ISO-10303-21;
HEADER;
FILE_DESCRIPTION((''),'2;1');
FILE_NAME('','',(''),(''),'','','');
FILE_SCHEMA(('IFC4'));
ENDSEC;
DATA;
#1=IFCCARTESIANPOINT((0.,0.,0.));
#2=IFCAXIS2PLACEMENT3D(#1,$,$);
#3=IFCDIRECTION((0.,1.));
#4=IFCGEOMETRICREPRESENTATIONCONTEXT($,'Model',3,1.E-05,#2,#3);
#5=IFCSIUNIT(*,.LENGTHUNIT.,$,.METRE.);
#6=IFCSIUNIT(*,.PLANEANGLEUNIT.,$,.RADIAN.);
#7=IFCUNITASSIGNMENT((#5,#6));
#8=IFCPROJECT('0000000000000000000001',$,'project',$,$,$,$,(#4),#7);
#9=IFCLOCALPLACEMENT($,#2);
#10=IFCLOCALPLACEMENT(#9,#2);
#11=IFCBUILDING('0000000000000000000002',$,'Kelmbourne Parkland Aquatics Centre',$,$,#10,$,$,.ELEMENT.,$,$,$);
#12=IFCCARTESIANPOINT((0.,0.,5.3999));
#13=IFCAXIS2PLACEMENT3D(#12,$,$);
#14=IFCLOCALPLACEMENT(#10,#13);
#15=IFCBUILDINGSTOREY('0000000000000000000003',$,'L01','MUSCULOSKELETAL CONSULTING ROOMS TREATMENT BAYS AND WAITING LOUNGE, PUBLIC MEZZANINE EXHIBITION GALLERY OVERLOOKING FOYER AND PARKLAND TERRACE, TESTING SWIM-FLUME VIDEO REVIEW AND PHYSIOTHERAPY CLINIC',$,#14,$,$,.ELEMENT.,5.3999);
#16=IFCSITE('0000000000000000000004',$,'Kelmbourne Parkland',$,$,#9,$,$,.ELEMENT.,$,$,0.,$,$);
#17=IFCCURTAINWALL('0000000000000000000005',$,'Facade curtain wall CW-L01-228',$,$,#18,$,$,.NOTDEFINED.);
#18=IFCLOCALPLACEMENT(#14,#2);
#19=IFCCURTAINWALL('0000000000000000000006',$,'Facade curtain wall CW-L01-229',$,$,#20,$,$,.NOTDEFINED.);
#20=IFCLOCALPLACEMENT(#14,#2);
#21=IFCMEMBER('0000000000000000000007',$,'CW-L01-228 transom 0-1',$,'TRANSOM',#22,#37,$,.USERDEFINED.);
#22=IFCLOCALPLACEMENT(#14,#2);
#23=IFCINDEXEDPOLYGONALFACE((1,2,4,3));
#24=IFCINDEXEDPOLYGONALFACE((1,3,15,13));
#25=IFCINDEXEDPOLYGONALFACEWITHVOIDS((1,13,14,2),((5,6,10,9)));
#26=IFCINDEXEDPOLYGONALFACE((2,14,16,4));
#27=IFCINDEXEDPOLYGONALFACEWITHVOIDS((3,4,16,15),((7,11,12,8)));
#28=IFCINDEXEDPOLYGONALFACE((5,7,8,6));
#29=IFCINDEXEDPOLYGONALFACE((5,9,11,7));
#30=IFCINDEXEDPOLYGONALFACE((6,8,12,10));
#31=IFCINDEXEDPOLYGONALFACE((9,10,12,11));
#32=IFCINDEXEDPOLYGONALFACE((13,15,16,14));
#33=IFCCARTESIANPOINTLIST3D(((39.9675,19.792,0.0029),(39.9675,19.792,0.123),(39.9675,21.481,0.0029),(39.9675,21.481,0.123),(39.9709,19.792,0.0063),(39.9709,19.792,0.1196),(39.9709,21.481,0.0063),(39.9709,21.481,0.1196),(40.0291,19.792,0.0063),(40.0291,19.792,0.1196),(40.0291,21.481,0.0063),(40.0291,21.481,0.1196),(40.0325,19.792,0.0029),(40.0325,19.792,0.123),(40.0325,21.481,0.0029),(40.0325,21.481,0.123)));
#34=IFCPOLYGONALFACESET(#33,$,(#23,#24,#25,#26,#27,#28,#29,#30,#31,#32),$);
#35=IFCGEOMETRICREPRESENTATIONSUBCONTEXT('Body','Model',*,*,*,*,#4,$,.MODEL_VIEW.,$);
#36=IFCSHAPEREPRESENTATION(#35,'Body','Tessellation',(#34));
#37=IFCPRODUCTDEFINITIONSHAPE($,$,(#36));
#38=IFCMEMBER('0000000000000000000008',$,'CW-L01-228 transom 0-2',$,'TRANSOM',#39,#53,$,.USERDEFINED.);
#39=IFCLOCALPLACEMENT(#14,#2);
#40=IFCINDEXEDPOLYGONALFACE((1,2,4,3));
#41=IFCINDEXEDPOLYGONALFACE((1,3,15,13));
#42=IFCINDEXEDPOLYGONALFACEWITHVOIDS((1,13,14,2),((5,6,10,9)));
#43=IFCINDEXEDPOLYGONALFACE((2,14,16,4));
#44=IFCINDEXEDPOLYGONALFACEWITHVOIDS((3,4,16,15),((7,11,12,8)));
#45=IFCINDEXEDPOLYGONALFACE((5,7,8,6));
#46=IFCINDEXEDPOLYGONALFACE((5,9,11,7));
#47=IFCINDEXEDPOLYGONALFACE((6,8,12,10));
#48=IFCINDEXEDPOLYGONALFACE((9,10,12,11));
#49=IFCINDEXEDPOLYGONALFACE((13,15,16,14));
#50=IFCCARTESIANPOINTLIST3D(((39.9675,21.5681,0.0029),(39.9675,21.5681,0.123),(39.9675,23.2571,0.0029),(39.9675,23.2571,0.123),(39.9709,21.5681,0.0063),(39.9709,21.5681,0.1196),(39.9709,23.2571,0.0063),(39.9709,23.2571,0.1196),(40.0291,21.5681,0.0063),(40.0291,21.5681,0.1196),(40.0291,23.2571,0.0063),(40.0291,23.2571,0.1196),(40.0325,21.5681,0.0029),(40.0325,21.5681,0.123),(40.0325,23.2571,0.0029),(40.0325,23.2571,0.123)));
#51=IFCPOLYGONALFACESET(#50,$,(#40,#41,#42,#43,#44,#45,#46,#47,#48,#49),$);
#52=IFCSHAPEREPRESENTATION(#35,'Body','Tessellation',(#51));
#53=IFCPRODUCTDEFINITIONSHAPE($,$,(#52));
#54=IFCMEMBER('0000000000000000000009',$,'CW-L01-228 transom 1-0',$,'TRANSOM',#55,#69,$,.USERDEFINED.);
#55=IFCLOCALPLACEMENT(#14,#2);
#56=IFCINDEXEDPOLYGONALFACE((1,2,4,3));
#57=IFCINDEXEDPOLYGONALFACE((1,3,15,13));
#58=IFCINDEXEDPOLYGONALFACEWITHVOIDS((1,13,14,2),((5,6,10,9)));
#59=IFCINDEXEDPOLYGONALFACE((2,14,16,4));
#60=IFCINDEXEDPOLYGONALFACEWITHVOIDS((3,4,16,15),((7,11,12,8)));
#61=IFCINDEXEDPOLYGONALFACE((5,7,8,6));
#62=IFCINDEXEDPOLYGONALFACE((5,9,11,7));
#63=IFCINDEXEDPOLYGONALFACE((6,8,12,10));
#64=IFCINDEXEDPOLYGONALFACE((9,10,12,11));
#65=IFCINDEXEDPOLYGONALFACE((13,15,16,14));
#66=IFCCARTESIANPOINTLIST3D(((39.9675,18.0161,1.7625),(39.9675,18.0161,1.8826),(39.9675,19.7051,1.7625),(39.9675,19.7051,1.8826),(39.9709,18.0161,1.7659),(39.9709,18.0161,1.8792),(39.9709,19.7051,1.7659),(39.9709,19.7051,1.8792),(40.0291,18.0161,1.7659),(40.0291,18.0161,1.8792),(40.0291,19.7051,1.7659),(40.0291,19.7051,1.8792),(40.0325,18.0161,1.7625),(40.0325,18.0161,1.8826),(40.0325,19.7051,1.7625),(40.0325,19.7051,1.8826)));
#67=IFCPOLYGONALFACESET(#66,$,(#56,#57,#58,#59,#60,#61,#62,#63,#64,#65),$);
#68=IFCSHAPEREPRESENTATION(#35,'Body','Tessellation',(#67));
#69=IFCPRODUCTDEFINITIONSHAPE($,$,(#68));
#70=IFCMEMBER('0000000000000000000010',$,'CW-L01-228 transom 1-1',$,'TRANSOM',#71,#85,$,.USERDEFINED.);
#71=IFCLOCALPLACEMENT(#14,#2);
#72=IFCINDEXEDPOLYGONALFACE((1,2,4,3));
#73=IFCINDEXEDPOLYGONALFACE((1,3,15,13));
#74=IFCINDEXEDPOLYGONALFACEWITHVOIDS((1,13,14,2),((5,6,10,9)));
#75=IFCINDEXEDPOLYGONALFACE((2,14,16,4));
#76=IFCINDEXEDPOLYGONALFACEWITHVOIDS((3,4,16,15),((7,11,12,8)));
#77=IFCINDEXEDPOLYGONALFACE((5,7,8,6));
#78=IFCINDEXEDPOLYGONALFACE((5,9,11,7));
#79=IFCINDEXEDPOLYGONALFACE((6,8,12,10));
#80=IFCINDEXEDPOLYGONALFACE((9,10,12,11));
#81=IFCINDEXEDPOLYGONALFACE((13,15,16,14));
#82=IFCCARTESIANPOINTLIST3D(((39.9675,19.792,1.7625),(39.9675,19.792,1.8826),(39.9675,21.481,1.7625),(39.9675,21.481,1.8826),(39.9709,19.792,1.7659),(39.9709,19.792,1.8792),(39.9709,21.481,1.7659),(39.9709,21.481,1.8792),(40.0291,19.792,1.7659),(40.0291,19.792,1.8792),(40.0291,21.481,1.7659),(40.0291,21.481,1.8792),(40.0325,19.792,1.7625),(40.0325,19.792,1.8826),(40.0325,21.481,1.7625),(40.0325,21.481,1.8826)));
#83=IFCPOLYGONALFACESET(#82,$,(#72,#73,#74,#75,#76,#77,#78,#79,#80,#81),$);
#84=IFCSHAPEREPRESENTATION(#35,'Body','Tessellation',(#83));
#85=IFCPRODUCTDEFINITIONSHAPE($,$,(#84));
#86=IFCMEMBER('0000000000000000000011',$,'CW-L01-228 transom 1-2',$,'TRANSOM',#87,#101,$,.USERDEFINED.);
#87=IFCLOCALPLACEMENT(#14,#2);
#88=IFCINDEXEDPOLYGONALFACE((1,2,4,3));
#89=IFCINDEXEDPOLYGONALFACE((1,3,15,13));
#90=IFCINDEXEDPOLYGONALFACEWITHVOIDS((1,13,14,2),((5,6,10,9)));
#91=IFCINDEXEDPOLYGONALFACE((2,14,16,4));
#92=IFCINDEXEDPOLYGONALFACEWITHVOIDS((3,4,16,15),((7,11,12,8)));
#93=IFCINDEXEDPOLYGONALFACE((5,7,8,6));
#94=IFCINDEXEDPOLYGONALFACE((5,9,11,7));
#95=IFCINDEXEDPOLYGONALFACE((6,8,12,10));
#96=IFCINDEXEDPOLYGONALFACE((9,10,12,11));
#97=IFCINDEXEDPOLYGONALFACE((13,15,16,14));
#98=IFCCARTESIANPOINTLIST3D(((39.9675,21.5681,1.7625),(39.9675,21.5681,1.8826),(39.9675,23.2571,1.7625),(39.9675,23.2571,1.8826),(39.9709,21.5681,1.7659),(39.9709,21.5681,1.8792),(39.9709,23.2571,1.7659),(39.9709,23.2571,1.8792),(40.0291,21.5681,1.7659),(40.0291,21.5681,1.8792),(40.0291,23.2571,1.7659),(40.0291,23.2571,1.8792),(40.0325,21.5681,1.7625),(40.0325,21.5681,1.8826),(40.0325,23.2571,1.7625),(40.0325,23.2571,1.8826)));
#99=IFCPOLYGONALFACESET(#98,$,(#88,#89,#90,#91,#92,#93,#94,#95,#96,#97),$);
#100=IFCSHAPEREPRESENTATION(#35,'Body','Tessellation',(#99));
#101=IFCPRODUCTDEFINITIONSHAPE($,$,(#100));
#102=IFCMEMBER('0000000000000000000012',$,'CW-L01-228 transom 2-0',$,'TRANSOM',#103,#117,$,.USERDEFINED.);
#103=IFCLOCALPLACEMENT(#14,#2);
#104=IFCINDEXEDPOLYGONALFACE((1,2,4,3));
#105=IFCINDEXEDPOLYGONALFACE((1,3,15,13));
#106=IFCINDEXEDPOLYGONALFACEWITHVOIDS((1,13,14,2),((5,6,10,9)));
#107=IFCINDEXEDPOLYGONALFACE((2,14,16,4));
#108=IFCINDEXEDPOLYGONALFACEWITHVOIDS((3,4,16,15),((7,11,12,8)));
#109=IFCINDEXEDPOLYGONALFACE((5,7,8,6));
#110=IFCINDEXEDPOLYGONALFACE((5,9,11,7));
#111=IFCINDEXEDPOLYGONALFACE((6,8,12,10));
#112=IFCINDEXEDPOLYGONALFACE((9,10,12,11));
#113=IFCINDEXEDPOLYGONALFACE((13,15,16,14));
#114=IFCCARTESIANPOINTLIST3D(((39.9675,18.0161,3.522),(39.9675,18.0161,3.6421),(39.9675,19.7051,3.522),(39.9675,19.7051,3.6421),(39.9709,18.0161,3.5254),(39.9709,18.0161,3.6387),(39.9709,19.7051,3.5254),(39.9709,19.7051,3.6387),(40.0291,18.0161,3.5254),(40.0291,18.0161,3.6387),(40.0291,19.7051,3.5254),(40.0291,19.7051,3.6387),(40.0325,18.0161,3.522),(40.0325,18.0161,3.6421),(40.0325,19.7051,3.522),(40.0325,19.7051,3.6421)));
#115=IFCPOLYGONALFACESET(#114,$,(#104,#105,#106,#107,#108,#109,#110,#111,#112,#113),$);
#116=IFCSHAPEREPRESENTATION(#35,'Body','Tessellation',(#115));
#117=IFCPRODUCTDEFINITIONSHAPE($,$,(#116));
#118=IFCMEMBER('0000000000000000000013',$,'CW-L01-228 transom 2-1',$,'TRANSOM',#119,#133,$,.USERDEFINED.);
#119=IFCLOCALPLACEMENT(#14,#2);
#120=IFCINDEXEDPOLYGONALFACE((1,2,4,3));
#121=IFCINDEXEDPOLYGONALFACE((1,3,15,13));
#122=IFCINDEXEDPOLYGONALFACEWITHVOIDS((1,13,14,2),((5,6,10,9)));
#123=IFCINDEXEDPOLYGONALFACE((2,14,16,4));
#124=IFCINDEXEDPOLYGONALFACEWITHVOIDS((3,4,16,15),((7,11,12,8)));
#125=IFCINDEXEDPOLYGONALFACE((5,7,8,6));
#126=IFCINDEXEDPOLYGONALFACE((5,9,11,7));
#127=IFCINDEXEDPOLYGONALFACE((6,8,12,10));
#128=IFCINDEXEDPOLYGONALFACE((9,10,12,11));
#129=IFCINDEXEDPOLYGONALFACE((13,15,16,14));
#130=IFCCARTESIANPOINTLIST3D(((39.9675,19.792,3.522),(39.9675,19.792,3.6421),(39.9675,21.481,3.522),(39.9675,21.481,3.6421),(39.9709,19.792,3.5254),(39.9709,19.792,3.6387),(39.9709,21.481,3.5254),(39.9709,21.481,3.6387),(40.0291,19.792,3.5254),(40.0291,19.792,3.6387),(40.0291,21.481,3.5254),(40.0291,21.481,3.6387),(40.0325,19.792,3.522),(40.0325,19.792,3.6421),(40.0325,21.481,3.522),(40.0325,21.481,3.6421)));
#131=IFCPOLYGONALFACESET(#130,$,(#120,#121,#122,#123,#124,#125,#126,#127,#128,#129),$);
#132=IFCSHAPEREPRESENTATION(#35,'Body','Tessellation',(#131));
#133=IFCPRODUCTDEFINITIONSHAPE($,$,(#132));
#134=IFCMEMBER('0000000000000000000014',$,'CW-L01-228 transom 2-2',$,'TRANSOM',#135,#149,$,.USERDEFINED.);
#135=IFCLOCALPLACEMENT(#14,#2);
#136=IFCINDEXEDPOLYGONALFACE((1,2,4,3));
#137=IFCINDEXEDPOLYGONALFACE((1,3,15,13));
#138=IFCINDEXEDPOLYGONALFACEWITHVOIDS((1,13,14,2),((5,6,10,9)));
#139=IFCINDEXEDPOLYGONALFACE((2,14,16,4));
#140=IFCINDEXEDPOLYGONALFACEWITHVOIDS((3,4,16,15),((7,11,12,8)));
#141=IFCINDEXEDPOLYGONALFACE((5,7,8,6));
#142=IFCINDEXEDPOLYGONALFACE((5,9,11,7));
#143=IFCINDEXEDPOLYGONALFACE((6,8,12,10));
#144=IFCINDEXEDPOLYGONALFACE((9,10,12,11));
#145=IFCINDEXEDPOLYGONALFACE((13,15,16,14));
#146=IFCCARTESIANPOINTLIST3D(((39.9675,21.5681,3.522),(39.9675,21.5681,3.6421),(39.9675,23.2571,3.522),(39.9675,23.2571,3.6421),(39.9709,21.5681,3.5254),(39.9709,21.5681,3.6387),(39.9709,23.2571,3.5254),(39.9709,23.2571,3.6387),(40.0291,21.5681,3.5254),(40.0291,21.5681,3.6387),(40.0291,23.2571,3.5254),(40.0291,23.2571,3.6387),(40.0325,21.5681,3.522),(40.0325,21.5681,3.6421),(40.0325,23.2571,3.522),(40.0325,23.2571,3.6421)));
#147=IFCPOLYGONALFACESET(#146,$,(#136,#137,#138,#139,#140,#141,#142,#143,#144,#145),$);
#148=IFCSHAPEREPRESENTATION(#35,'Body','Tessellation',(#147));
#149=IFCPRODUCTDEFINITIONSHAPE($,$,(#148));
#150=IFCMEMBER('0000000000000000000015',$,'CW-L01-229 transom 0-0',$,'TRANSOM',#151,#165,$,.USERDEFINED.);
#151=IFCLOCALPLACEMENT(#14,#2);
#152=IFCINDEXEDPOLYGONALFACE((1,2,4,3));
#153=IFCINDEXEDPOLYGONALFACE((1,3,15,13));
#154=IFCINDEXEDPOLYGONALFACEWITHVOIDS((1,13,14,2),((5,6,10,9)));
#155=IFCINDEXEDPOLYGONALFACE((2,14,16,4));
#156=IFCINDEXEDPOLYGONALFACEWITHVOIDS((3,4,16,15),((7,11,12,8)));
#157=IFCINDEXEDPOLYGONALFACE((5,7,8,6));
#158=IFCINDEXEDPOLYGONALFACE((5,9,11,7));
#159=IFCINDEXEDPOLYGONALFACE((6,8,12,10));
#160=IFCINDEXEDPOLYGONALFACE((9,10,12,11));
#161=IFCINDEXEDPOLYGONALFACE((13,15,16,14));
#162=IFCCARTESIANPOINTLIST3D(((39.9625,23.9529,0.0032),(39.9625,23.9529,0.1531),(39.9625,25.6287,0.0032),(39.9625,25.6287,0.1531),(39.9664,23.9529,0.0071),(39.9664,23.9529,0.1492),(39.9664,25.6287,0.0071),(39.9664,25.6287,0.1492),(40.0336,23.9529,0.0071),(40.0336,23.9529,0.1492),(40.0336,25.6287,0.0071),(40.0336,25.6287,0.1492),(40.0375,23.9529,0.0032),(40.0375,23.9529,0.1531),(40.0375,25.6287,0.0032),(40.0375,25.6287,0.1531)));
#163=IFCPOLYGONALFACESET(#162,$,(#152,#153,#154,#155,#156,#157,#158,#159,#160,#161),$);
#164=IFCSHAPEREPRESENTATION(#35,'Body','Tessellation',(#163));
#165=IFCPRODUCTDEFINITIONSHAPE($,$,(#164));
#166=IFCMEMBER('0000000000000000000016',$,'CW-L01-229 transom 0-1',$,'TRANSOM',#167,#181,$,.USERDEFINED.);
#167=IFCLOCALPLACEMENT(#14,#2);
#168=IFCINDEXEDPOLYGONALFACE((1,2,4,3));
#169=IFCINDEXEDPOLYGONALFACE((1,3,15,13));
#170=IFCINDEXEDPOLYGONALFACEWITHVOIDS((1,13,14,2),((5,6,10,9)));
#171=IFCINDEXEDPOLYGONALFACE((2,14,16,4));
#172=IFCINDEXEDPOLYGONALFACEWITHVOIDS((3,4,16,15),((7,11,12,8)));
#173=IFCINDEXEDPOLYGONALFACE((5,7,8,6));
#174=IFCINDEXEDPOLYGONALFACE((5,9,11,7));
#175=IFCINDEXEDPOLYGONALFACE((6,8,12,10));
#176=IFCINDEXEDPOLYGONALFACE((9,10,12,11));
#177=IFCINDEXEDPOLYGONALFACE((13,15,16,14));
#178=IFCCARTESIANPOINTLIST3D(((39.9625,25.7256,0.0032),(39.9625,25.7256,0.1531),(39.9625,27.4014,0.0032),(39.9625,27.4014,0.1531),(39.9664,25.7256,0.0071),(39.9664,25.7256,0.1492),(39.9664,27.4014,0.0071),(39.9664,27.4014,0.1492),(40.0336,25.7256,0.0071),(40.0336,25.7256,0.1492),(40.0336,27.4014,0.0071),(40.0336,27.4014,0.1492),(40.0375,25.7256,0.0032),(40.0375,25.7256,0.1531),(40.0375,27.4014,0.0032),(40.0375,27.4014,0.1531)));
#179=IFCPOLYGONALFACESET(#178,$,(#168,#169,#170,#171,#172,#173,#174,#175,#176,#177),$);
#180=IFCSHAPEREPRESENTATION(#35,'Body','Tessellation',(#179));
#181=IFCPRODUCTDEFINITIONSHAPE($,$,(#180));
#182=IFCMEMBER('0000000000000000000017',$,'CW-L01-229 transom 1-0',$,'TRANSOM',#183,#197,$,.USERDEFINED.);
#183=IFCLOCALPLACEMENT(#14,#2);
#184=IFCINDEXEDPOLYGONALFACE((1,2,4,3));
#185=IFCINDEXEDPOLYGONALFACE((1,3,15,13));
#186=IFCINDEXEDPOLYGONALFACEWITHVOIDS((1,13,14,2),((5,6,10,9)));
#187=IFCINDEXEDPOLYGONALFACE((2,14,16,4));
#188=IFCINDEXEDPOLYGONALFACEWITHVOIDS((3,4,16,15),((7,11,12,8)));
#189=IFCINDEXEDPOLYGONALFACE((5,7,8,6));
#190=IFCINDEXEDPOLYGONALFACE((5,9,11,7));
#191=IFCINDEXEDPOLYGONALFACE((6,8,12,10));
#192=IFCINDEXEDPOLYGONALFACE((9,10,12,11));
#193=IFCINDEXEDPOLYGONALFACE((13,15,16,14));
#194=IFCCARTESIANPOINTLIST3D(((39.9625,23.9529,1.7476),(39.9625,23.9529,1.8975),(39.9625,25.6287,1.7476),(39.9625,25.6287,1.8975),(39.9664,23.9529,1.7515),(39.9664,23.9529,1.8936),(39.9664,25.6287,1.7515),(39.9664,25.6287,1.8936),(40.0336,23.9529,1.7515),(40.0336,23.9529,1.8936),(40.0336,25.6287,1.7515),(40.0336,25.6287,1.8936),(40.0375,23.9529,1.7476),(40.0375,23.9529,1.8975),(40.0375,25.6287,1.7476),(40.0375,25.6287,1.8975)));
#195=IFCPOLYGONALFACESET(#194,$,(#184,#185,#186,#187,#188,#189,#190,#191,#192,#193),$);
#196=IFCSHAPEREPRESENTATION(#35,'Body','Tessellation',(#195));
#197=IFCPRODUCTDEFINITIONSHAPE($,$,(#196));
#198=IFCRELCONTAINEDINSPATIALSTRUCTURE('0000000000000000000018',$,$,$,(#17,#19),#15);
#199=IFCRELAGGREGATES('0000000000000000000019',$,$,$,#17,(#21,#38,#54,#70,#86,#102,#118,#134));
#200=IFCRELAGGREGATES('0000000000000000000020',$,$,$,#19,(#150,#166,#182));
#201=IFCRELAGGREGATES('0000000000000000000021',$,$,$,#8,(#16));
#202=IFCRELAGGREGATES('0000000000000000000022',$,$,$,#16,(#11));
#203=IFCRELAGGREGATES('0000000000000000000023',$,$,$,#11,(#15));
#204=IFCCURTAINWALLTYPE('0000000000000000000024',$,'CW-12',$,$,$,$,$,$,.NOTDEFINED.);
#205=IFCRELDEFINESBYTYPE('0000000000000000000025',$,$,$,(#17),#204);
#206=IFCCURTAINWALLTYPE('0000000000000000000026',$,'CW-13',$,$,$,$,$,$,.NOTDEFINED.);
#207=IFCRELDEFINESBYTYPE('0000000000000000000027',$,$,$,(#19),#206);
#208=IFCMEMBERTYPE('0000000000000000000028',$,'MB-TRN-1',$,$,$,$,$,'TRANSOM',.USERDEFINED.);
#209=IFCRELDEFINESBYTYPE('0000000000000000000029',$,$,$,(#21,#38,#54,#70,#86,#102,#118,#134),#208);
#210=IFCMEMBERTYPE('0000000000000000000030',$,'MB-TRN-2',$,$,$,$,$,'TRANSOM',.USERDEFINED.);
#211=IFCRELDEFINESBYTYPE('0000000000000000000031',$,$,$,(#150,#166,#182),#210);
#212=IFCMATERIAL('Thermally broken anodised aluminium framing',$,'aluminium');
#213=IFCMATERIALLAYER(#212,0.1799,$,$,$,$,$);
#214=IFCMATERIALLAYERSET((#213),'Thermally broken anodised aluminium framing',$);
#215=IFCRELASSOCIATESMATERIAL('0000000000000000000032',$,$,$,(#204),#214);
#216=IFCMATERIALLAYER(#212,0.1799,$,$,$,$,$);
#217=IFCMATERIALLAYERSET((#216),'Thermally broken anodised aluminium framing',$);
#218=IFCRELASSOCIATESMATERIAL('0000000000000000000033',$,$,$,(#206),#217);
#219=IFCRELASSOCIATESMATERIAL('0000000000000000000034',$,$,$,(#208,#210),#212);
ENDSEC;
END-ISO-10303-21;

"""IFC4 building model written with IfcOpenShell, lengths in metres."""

from ifc_helpers import new_model, si_unit, direction, frame, origin, origin_2d, place, context, subcontext, project, spatial, hollow_rectangle, extrude, material, layer, layer_set, material_profile, profile_set, type_object, element, aggregate, save


model = new_model("IFC4")

# Units and contexts
model_context = context("Model", 3, precision=1e-05, world=origin(), true_north=direction((0.0, 1.0)))
body_context = subcontext(model_context, "Body", "Model", "MODEL_VIEW")
ifc_project = project(units=[si_unit("LENGTHUNIT", "METRE"), si_unit("PLANEANGLEUNIT", "RADIAN")], contexts=[model_context])

# Site, building, storey
site_placement = place(None, origin())
site = spatial("IfcSite", under=ifc_project, at=site_placement, Name="Kelmbourne Parkland", CompositionType="ELEMENT", RefElevation=0.0)
building_placement = place(site_placement, origin())
building = spatial("IfcBuilding", under=site, at=building_placement, Name="Kelmbourne Parkland Aquatics Centre", CompositionType="ELEMENT")
storey_placement = place(building_placement, frame((0.0, 0.0, 5.3999)))
storey = spatial("IfcBuildingStorey", under=building, at=storey_placement, Name="L01", Description="MUSCULOSKELETAL CONSULTING ROOMS TREATMENT BAYS AND WAITING LOUNGE, PUBLIC MEZZANINE EXHIBITION GALLERY OVERLOOKING FOYER AND PARKLAND TERRACE, TESTING SWIM-FLUME VIDEO REVIEW AND PHYSIOTHERAPY CLINIC", CompositionType="ELEMENT", Elevation=5.3999)

# Shared definitions
ifc_material_1 = material(Name="Thermally broken anodised aluminium framing", Category="aluminium")

# Curtain walls
ifc_layer_1 = layer(ifc_material_1, 0.1799)
ifc_layer_set_1 = layer_set([ifc_layer_1], Name="Thermally broken anodised aluminium framing")
curtain_wall_type_1 = type_object("IfcCurtainWallType", Name="CW-12", PredefinedType="NOTDEFINED", material=ifc_layer_set_1)
curtain_wall_1_placement = place(storey_placement, origin())
curtain_wall_1 = element("IfcCurtainWall", 1, at=curtain_wall_1_placement, inside=storey, type_object=curtain_wall_type_1, Name="Facade curtain wall CW-L01-228", PredefinedType="NOTDEFINED")
ifc_layer_2 = layer(ifc_material_1, 0.1799)
ifc_layer_set_2 = layer_set([ifc_layer_2], Name="Thermally broken anodised aluminium framing")
curtain_wall_type_2 = type_object("IfcCurtainWallType", Name="CW-13", PredefinedType="NOTDEFINED", material=ifc_layer_set_2)
curtain_wall_2_placement = place(storey_placement, origin())
curtain_wall_2 = element("IfcCurtainWall", 2, at=curtain_wall_2_placement, inside=storey, type_object=curtain_wall_type_2, Name="Facade curtain wall CW-L01-229", PredefinedType="NOTDEFINED")

# Members
ifc_material_profile_1 = material_profile(ifc_material_1, hollow_rectangle(XDim=0.0649, YDim=0.1201, WallThickness=0.0034, at=origin_2d()), Name="CW-T 65x120")
ifc_profile_set_1 = profile_set([ifc_material_profile_1], Name="Thermally broken anodised aluminium framing")
member_type_1 = type_object("IfcMemberType", Name="MB-TRN-1", ElementType="TRANSOM", PredefinedType="USERDEFINED", material=ifc_profile_set_1)
member_1_placement = place(storey_placement, frame((40.0, 19.792, 0.063), z_axis=(0.0, 1.0, 0.0), x_axis=(-1.0, 0.0, 0.0)))
member_1 = element("IfcMember", 3, at=member_1_placement, type_object=member_type_1, Name="CW-L01-228 transom 0-1", ObjectType="TRANSOM", PredefinedType="USERDEFINED", context=body_context, shape_type="SweptSolid", body=[
    extrude(hollow_rectangle(XDim=0.0649, YDim=0.1201, WallThickness=0.0034, at=origin_2d()), origin(), (0.0, 0.0, 1.0), 1.689),
])
member_2_placement = place(storey_placement, frame((40.0, 21.5681, 0.063), z_axis=(0.0, 1.0, 0.0), x_axis=(-1.0, 0.0, 0.0)))
member_2 = element("IfcMember", 4, at=member_2_placement, type_object=member_type_1, Name="CW-L01-228 transom 0-2", ObjectType="TRANSOM", PredefinedType="USERDEFINED", context=body_context, shape_type="SweptSolid", body=[
    extrude(hollow_rectangle(XDim=0.0649, YDim=0.1201, WallThickness=0.0034, at=origin_2d()), origin(), (0.0, 0.0, 1.0), 1.689),
])
member_3_placement = place(storey_placement, frame((40.0, 18.0161, 1.8225), z_axis=(0.0, 1.0, 0.0), x_axis=(-1.0, 0.0, 0.0)))
member_3 = element("IfcMember", 5, at=member_3_placement, type_object=member_type_1, Name="CW-L01-228 transom 1-0", ObjectType="TRANSOM", PredefinedType="USERDEFINED", context=body_context, shape_type="SweptSolid", body=[
    extrude(hollow_rectangle(XDim=0.0649, YDim=0.1201, WallThickness=0.0034, at=origin_2d()), origin(), (0.0, 0.0, 1.0), 1.689),
])
member_4_placement = place(storey_placement, frame((40.0, 19.792, 1.8225), z_axis=(0.0, 1.0, 0.0), x_axis=(-1.0, 0.0, 0.0)))
member_4 = element("IfcMember", 6, at=member_4_placement, type_object=member_type_1, Name="CW-L01-228 transom 1-1", ObjectType="TRANSOM", PredefinedType="USERDEFINED", context=body_context, shape_type="SweptSolid", body=[
    extrude(hollow_rectangle(XDim=0.0649, YDim=0.1201, WallThickness=0.0034, at=origin_2d()), origin(), (0.0, 0.0, 1.0), 1.689),
])
member_5_placement = place(storey_placement, frame((40.0, 21.5681, 1.8225), z_axis=(0.0, 1.0, 0.0), x_axis=(-1.0, 0.0, 0.0)))
member_5 = element("IfcMember", 7, at=member_5_placement, type_object=member_type_1, Name="CW-L01-228 transom 1-2", ObjectType="TRANSOM", PredefinedType="USERDEFINED", context=body_context, shape_type="SweptSolid", body=[
    extrude(hollow_rectangle(XDim=0.0649, YDim=0.1201, WallThickness=0.0034, at=origin_2d()), origin(), (0.0, 0.0, 1.0), 1.689),
])
member_6_placement = place(storey_placement, frame((40.0, 18.0161, 3.582), z_axis=(0.0, 1.0, 0.0), x_axis=(-1.0, 0.0, 0.0)))
member_6 = element("IfcMember", 8, at=member_6_placement, type_object=member_type_1, Name="CW-L01-228 transom 2-0", ObjectType="TRANSOM", PredefinedType="USERDEFINED", context=body_context, shape_type="SweptSolid", body=[
    extrude(hollow_rectangle(XDim=0.0649, YDim=0.1201, WallThickness=0.0034, at=origin_2d()), origin(), (0.0, 0.0, 1.0), 1.689),
])
member_7_placement = place(storey_placement, frame((40.0, 19.792, 3.582), z_axis=(0.0, 1.0, 0.0), x_axis=(-1.0, 0.0, 0.0)))
member_7 = element("IfcMember", 9, at=member_7_placement, type_object=member_type_1, Name="CW-L01-228 transom 2-1", ObjectType="TRANSOM", PredefinedType="USERDEFINED", context=body_context, shape_type="SweptSolid", body=[
    extrude(hollow_rectangle(XDim=0.0649, YDim=0.1201, WallThickness=0.0034, at=origin_2d()), origin(), (0.0, 0.0, 1.0), 1.689),
])
member_8_placement = place(storey_placement, frame((40.0, 21.5681, 3.582), z_axis=(0.0, 1.0, 0.0), x_axis=(-1.0, 0.0, 0.0)))
member_8 = element("IfcMember", 10, at=member_8_placement, type_object=member_type_1, Name="CW-L01-228 transom 2-2", ObjectType="TRANSOM", PredefinedType="USERDEFINED", context=body_context, shape_type="SweptSolid", body=[
    extrude(hollow_rectangle(XDim=0.0649, YDim=0.1201, WallThickness=0.0034, at=origin_2d()), origin(), (0.0, 0.0, 1.0), 1.689),
])
ifc_material_profile_2 = material_profile(ifc_material_1, hollow_rectangle(XDim=0.075, YDim=0.1499, WallThickness=0.0039, at=origin_2d()), Name="CW-T 75x150")
ifc_profile_set_2 = profile_set([ifc_material_profile_2], Name="Thermally broken anodised aluminium framing")
member_type_2 = type_object("IfcMemberType", Name="MB-TRN-2", ElementType="TRANSOM", PredefinedType="USERDEFINED", material=ifc_profile_set_2)
member_9_placement = place(storey_placement, frame((40.0, 23.9529, 0.0781), z_axis=(0.0, 1.0, 0.0), x_axis=(-1.0, 0.0, 0.0)))
member_9 = element("IfcMember", 11, at=member_9_placement, type_object=member_type_2, Name="CW-L01-229 transom 0-0", ObjectType="TRANSOM", PredefinedType="USERDEFINED", context=body_context, shape_type="SweptSolid", body=[
    extrude(hollow_rectangle(XDim=0.075, YDim=0.1499, WallThickness=0.0039, at=origin_2d()), origin(), (0.0, 0.0, 1.0), 1.6758),
])
member_10_placement = place(storey_placement, frame((40.0, 25.7256, 0.0781), z_axis=(0.0, 1.0, 0.0), x_axis=(-1.0, 0.0, 0.0)))
member_10 = element("IfcMember", 12, at=member_10_placement, type_object=member_type_2, Name="CW-L01-229 transom 0-1", ObjectType="TRANSOM", PredefinedType="USERDEFINED", context=body_context, shape_type="SweptSolid", body=[
    extrude(hollow_rectangle(XDim=0.075, YDim=0.1499, WallThickness=0.0039, at=origin_2d()), origin(), (0.0, 0.0, 1.0), 1.6758),
])
member_11_placement = place(storey_placement, frame((40.0, 23.9529, 1.8225), z_axis=(0.0, 1.0, 0.0), x_axis=(-1.0, 0.0, 0.0)))
member_11 = element("IfcMember", 13, at=member_11_placement, type_object=member_type_2, Name="CW-L01-229 transom 1-0", ObjectType="TRANSOM", PredefinedType="USERDEFINED", context=body_context, shape_type="SweptSolid", body=[
    extrude(hollow_rectangle(XDim=0.075, YDim=0.1499, WallThickness=0.0039, at=origin_2d()), origin(), (0.0, 0.0, 1.0), 1.6758),
])

aggregate(curtain_wall_1, [member_1, member_2, member_3, member_4, member_5, member_6, member_7, member_8])
aggregate(curtain_wall_2, [member_9, member_10, member_11])

save(model, "model.ifc")
